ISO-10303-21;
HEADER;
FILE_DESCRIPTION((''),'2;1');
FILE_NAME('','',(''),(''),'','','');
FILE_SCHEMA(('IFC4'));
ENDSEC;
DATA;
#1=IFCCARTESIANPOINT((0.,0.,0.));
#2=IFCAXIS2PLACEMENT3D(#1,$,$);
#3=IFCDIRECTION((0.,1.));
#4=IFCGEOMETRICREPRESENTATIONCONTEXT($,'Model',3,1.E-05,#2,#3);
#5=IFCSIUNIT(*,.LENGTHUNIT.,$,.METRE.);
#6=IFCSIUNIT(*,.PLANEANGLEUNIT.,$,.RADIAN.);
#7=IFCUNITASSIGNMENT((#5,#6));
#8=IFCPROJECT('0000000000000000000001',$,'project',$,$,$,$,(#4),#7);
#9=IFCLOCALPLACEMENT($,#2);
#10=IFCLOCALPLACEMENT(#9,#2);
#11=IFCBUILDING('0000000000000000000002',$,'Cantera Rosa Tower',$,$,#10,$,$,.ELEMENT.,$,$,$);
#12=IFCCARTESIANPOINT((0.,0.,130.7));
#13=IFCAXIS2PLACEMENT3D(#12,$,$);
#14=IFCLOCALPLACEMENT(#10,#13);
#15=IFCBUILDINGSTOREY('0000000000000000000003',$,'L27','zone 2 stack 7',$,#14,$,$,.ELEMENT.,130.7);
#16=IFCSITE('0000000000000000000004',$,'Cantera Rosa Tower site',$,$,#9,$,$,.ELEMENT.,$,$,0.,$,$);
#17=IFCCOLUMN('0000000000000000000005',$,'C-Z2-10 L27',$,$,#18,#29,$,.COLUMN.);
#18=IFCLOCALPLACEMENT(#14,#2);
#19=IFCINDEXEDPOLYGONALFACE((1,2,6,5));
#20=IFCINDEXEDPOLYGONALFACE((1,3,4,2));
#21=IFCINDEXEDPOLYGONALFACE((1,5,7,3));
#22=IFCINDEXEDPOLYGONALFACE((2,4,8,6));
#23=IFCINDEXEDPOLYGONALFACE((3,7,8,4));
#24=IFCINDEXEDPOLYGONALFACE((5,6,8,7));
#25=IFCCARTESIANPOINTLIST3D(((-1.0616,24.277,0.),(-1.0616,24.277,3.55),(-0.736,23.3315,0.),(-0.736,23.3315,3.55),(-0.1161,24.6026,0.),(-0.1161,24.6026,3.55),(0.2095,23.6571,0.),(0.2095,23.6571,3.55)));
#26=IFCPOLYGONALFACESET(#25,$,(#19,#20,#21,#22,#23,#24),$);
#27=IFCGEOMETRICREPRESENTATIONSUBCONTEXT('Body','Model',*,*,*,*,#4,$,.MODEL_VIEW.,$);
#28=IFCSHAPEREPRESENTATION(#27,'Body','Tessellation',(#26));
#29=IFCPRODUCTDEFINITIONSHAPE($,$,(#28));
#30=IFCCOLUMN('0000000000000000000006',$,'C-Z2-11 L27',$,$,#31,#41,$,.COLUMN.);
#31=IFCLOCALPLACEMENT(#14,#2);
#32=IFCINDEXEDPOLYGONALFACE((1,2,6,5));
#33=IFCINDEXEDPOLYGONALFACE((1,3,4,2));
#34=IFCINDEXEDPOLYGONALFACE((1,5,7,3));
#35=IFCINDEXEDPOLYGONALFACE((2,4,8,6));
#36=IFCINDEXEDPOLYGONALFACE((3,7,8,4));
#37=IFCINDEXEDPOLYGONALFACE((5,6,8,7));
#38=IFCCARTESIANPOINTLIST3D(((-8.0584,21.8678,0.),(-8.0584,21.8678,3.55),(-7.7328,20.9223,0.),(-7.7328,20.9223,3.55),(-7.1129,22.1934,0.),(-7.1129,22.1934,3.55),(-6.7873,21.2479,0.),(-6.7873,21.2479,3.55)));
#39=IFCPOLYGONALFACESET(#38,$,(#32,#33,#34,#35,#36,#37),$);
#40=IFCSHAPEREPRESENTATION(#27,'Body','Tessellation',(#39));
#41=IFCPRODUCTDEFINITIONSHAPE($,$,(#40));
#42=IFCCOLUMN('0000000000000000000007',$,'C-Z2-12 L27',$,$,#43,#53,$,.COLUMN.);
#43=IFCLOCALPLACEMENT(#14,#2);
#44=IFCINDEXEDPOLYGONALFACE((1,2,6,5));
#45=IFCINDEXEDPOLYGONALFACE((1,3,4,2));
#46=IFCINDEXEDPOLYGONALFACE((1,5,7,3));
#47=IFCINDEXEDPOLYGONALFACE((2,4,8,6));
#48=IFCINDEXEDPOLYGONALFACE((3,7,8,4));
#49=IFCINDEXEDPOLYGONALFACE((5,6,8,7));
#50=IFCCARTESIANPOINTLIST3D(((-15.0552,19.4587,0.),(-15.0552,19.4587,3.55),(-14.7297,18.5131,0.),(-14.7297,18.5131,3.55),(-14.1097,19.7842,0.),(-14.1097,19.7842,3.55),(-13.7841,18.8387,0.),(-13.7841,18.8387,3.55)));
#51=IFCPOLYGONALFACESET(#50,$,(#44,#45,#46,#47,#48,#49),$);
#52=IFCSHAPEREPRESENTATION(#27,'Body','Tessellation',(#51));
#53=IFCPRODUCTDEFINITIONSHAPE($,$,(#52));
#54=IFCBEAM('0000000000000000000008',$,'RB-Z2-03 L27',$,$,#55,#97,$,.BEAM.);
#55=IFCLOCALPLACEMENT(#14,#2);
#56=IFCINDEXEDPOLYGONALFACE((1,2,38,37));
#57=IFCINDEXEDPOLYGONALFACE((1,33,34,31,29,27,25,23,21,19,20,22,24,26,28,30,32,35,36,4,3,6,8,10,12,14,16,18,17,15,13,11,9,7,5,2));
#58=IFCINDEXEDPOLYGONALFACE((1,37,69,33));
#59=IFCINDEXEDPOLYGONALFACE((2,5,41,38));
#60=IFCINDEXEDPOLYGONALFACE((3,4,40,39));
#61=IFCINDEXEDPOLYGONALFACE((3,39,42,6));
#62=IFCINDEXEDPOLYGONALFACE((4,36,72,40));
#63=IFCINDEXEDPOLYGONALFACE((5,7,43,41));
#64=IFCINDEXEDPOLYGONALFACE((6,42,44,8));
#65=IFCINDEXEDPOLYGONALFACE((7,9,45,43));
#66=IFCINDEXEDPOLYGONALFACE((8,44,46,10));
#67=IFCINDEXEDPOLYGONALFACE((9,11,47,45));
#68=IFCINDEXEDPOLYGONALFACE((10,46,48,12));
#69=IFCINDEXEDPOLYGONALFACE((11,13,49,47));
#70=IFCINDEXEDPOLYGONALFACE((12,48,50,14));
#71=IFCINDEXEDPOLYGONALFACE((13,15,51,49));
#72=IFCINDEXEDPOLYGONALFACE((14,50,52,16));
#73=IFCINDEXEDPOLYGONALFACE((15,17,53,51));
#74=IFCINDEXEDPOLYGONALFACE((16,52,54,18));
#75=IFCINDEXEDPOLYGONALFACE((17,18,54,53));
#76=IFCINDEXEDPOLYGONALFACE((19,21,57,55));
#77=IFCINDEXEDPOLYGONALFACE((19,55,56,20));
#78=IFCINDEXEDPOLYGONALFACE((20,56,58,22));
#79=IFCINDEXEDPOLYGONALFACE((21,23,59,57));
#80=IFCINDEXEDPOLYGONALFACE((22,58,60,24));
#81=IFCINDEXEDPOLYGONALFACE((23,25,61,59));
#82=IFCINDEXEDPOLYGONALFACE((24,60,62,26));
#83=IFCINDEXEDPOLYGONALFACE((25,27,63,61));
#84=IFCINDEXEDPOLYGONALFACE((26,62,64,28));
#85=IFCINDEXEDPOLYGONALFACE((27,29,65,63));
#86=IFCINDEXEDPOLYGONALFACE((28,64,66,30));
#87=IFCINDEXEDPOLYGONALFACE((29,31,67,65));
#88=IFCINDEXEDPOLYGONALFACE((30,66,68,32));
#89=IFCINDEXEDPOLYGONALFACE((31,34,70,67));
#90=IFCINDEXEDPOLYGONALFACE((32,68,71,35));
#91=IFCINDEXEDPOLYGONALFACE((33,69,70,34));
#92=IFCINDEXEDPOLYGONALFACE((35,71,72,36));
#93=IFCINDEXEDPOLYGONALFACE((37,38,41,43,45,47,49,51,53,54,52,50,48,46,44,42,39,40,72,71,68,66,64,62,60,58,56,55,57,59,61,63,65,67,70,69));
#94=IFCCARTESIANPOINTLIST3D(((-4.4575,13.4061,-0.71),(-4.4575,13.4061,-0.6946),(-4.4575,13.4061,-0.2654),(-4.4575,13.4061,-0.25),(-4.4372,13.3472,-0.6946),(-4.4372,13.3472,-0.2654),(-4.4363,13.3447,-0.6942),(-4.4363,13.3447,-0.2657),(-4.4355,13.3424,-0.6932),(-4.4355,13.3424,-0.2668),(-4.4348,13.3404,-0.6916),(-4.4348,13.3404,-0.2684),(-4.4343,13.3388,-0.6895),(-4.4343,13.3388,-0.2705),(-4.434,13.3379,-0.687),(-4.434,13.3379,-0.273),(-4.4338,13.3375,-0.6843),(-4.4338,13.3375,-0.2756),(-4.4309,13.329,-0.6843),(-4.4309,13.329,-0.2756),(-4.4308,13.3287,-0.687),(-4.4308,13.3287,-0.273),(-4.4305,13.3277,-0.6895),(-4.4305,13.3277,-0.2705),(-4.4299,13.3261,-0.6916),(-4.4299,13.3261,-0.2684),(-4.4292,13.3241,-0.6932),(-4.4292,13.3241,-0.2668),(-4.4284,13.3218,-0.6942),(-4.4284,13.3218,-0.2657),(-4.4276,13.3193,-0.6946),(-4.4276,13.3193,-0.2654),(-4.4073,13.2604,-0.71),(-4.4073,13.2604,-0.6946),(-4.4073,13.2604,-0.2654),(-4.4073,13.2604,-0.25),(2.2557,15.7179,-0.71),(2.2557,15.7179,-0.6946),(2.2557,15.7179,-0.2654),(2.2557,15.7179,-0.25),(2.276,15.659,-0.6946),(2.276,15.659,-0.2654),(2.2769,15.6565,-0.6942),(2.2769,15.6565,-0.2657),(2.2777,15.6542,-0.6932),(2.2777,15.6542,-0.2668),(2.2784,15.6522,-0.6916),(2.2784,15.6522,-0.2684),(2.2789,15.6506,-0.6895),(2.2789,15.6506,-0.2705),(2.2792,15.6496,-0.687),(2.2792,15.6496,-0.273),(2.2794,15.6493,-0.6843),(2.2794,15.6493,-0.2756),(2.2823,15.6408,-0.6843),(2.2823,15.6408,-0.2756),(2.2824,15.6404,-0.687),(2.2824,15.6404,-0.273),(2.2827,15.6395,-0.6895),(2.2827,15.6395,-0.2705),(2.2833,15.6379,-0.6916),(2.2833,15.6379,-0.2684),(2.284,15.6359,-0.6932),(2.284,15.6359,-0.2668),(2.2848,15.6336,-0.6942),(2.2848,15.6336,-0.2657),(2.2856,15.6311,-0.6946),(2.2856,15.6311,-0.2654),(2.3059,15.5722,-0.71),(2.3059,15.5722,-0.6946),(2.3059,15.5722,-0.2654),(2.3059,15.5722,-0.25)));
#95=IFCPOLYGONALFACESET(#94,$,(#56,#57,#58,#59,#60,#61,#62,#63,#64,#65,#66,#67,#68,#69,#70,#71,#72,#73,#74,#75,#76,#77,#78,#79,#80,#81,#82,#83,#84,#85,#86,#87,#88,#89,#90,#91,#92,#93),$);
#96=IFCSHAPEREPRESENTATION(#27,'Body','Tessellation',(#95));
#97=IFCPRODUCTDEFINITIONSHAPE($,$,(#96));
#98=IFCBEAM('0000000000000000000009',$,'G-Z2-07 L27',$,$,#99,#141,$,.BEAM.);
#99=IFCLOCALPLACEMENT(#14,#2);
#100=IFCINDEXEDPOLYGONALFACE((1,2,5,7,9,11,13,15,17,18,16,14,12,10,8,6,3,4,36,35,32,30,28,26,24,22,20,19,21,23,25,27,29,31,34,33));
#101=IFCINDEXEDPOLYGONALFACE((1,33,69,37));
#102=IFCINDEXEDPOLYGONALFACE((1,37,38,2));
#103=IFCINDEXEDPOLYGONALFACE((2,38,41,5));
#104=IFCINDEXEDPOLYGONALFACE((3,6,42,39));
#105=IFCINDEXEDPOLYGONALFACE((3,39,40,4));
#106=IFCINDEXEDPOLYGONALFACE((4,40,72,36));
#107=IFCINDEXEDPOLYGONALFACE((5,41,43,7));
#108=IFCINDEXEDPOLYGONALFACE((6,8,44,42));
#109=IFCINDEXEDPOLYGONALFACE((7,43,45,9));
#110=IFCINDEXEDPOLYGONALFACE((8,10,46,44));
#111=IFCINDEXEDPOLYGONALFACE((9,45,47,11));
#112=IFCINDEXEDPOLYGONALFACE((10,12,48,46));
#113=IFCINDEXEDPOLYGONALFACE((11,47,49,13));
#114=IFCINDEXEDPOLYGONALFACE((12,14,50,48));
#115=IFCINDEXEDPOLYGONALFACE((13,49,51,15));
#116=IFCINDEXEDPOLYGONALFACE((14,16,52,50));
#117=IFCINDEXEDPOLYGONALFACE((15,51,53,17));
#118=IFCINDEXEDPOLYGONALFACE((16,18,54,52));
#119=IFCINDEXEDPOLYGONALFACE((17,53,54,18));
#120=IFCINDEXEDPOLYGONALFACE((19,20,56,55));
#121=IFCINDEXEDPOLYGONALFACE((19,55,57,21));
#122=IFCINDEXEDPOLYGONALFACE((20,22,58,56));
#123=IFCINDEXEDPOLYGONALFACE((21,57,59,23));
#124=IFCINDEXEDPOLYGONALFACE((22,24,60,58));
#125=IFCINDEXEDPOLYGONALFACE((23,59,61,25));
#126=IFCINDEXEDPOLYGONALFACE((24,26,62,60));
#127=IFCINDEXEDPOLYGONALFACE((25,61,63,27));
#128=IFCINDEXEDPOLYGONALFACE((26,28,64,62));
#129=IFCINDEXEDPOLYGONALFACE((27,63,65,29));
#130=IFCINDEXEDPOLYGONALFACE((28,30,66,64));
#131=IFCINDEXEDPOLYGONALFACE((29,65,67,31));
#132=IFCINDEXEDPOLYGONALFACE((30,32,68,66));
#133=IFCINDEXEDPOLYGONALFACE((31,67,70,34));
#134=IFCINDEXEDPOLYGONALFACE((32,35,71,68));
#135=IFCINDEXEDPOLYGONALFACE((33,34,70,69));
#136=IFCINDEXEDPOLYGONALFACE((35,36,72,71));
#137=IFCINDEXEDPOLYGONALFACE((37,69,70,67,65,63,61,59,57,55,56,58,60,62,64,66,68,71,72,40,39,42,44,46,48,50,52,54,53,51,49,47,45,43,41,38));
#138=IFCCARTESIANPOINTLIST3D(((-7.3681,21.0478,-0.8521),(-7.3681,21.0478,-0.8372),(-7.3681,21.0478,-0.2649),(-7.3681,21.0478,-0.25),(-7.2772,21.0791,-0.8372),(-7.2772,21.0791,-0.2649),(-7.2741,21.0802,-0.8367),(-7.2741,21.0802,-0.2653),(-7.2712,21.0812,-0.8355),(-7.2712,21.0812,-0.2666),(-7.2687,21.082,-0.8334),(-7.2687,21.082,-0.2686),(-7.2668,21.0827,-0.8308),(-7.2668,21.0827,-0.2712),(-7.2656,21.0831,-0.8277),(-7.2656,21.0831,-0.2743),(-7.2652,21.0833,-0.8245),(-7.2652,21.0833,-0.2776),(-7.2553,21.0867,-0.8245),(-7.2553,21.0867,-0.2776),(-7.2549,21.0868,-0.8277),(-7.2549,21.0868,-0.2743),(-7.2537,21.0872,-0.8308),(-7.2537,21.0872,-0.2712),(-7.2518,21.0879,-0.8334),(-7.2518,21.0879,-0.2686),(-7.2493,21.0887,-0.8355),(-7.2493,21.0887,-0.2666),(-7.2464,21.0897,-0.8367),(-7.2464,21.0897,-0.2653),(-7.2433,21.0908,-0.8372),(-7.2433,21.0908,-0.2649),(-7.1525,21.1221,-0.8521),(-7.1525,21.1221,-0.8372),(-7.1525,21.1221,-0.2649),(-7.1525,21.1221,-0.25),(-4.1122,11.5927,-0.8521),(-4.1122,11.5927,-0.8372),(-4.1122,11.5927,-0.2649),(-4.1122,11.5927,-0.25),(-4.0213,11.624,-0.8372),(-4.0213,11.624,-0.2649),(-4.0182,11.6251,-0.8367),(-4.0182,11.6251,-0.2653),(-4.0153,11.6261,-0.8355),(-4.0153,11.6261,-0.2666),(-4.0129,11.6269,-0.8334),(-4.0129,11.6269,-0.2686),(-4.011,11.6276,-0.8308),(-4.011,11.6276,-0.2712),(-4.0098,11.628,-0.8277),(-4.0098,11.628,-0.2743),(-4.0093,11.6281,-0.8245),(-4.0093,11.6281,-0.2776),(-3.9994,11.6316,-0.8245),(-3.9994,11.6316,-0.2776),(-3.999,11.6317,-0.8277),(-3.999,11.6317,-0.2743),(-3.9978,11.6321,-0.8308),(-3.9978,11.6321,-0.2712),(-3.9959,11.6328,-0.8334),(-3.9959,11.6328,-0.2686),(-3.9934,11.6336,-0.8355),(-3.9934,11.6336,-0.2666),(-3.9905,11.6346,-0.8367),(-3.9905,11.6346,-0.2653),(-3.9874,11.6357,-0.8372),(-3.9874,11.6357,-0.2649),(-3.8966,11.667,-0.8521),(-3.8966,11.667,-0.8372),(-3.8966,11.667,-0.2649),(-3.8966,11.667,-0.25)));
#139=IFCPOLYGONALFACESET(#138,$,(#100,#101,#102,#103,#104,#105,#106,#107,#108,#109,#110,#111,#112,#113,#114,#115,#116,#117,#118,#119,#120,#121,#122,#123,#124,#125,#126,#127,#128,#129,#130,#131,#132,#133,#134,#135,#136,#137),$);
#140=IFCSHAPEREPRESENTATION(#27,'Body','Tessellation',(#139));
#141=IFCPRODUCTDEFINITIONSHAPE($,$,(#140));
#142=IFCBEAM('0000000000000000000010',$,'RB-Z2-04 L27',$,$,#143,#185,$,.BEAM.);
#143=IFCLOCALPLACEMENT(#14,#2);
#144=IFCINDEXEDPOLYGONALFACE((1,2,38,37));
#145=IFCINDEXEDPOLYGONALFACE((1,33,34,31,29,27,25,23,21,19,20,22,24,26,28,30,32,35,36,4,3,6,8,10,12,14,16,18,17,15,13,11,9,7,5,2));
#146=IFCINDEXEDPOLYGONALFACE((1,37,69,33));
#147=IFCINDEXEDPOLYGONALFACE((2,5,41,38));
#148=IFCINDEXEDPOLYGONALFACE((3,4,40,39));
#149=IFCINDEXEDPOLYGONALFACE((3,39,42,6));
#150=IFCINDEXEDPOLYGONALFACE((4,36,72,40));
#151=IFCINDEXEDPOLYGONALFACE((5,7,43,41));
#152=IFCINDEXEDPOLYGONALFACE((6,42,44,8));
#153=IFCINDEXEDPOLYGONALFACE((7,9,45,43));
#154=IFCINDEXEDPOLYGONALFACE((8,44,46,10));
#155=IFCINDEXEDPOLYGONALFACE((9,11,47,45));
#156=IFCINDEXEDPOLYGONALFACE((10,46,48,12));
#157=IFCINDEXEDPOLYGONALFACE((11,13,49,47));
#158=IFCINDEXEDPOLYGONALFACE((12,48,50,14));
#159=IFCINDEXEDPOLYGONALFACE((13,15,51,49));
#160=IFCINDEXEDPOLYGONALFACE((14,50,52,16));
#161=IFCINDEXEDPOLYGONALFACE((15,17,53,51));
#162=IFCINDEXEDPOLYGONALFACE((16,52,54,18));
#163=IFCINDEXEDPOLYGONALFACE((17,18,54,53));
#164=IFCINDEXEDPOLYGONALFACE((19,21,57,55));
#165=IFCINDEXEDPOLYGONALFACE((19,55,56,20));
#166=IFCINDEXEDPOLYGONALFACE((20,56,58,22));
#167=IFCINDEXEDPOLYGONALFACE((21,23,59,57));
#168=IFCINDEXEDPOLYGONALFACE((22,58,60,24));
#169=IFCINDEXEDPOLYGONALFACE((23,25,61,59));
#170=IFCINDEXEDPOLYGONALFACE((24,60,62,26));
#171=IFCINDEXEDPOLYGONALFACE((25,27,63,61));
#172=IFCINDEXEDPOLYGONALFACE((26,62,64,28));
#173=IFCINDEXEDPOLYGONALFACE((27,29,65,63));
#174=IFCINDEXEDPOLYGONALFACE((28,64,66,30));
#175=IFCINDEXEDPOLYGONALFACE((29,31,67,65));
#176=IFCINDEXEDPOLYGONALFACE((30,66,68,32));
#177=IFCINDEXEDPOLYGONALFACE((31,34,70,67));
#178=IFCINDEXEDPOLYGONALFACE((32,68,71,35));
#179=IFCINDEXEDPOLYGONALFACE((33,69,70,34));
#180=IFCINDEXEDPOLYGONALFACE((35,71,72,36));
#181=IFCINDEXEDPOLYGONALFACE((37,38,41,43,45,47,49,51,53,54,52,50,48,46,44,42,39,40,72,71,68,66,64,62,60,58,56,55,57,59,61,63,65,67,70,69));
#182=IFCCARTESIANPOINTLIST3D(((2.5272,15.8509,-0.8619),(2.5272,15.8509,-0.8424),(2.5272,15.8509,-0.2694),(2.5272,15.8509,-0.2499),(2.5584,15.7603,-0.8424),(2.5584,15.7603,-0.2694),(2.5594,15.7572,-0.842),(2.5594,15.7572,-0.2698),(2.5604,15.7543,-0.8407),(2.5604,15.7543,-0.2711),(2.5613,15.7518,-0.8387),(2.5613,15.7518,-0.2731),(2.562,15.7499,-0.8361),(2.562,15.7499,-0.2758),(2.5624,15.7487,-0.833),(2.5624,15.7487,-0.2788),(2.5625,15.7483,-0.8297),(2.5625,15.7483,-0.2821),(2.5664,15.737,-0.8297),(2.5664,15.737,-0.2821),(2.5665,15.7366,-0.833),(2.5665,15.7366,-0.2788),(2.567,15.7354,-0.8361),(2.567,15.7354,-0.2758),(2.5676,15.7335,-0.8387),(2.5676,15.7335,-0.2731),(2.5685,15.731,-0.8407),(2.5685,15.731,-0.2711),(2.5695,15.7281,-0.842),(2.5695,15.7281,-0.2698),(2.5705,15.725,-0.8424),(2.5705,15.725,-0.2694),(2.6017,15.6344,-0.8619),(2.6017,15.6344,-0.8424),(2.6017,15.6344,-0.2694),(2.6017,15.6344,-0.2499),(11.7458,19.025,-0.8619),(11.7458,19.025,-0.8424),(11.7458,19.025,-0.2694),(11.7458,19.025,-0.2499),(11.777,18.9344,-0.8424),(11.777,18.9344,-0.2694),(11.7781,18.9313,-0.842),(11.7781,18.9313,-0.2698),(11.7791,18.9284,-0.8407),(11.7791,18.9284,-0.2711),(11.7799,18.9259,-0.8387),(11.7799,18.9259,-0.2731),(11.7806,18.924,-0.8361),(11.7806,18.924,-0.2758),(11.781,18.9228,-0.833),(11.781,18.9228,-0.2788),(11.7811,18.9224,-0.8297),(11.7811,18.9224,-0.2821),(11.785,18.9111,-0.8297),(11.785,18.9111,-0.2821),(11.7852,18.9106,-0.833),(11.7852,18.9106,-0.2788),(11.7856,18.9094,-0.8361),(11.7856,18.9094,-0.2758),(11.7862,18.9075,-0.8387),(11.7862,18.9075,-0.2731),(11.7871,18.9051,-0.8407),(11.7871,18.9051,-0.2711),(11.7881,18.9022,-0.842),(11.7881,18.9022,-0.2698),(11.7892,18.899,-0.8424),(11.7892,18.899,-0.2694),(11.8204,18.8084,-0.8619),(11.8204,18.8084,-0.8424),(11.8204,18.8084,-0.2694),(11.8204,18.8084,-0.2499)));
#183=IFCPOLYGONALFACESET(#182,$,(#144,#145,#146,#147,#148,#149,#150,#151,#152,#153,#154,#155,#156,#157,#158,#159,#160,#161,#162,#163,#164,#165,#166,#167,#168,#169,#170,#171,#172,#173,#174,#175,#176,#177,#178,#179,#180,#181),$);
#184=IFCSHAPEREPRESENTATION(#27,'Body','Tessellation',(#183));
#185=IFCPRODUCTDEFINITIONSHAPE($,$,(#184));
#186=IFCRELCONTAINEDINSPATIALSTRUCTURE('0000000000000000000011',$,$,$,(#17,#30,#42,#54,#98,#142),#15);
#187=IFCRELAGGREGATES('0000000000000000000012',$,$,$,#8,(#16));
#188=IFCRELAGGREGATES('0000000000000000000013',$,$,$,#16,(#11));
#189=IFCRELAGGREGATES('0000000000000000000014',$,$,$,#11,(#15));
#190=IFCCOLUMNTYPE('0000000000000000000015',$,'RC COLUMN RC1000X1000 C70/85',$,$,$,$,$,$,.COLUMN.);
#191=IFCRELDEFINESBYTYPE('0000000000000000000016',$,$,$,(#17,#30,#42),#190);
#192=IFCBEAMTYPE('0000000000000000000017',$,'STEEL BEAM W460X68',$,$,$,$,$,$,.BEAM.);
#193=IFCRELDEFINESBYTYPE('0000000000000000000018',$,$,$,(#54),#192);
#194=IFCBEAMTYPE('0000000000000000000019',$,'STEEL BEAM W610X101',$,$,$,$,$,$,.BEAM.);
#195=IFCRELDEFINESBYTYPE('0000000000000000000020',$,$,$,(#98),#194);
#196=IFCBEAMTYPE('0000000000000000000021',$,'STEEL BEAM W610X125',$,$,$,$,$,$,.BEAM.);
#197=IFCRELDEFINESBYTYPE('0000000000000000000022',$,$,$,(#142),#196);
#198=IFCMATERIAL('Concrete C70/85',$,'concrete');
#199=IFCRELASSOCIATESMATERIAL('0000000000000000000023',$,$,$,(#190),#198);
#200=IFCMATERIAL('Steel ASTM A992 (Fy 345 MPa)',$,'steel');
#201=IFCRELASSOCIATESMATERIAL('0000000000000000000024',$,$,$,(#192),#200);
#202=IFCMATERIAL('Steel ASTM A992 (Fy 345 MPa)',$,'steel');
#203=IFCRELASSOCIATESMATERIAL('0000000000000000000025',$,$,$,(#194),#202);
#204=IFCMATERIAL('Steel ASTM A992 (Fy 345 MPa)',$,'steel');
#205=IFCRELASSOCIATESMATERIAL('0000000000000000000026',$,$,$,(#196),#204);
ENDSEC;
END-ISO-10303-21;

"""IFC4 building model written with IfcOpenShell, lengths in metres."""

from ifc_helpers import new_model, si_unit, direction, frame, origin, origin_2d, place, context, subcontext, project, spatial, rectangle, i_section, extrude, material, material_profile, profile_set, type_object, element, save


model = new_model("IFC4")

# Units and contexts
model_context = context("Model", 3, precision=1e-05, world=origin(), true_north=direction((0.0, 1.0)))
body_context = subcontext(model_context, "Body", "Model", "MODEL_VIEW")
ifc_project = project(units=[si_unit("LENGTHUNIT", "METRE"), si_unit("PLANEANGLEUNIT", "RADIAN")], contexts=[model_context])

# Site, building, storey
site_placement = place(None, origin())
site = spatial("IfcSite", under=ifc_project, at=site_placement, Name="Cantera Rosa Tower site", CompositionType="ELEMENT", RefElevation=0.0)
building_placement = place(site_placement, origin())
building = spatial("IfcBuilding", under=site, at=building_placement, Name="Cantera Rosa Tower", CompositionType="ELEMENT")
storey_placement = place(building_placement, frame((0.0, 0.0, 130.7)))
storey = spatial("IfcBuildingStorey", under=building, at=storey_placement, Name="L27", Description="zone 2 stack 7", CompositionType="ELEMENT", Elevation=130.7)

# Columns
ifc_material_1 = material(Name="Concrete C70/85", Category="concrete")
ifc_material_profile_1 = material_profile(ifc_material_1, rectangle(XDim=1.0, YDim=1.0, at=origin_2d()), Name="RC COLUMN RC1000X1000 C70/85")
ifc_profile_set_1 = profile_set([ifc_material_profile_1], Name="Concrete C70/85")
column_type = type_object("IfcColumnType", Name="RC COLUMN RC1000X1000 C70/85", PredefinedType="COLUMN", material=ifc_profile_set_1)
for number, where, z_axis, x_axis, name in (
    (1, (-0.426, 23.967, 0.0), (0.0, 0.0, 1.0), (0.945519, 0.325568, 0.0), "C-Z2-10 L27"),
    (2, (-7.4229, 21.5579, 0.0), (0.0, 0.0, 1.0), (0.945519, 0.325568, 0.0), "C-Z2-11 L27"),
    (3, (-14.4197, 19.1487, 0.0), (0.0, 0.0, 1.0), (0.945519, 0.325568, 0.0), "C-Z2-12 L27"),
):
    element("IfcColumn", number, at=place(storey_placement, frame(where, z_axis=z_axis, x_axis=x_axis)), inside=storey, type_object=column_type, Name=name, PredefinedType="COLUMN", context=body_context, shape_type="SweptSolid", body=[
        extrude(rectangle(XDim=1.0, YDim=1.0, at=origin_2d()), origin(), (0.0, 0.0, 1.0), 3.55),
    ])

# Beams
ifc_material_2 = material(Name="Steel ASTM A992 (Fy 345 MPa)", Category="steel")
ifc_material_profile_2 = material_profile(ifc_material_2, i_section(OverallWidth=0.1541, OverallDepth=0.46, WebThickness=0.009, FlangeThickness=0.0154, FilletRadius=0.0103, at=origin_2d()), Name="W460X68")
ifc_profile_set_2 = profile_set([ifc_material_profile_2], Name="Steel ASTM A992 (Fy 345 MPa)")
beam_type_1 = type_object("IfcBeamType", Name="STEEL BEAM W460X68", PredefinedType="BEAM", material=ifc_profile_set_2)
beam_1_placement = place(storey_placement, frame((-4.4324, 13.3333, -0.48), z_axis=(0.945508, 0.3256, 0.0), x_axis=(-0.3256, 0.945508, 0.0)))
element("IfcBeam", 4, at=beam_1_placement, inside=storey, type_object=beam_type_1, Name="RB-Z2-03 L27", PredefinedType="BEAM", context=body_context, shape_type="SweptSolid", body=[
    extrude(i_section(OverallWidth=0.1541, OverallDepth=0.46, WebThickness=0.009, FlangeThickness=0.0154, FilletRadius=0.0103, at=origin_2d()), origin(), (0.0, 0.0, 1.0), 7.1001),
])
ifc_material_3 = material(Name="Steel ASTM A992 (Fy 345 MPa)", Category="steel")
ifc_material_profile_3 = material_profile(ifc_material_3, i_section(OverallWidth=0.228, OverallDepth=0.6021, WebThickness=0.0105, FlangeThickness=0.0149, FilletRadius=0.0127, at=origin_2d()), Name="W610X101")
ifc_profile_set_3 = profile_set([ifc_material_profile_3], Name="Steel ASTM A992 (Fy 345 MPa)")
beam_type_2 = type_object("IfcBeamType", Name="STEEL BEAM W610X101", PredefinedType="BEAM", material=ifc_profile_set_3)
beam_2_placement = place(storey_placement, frame((-7.2603, 21.085, -0.551), z_axis=(0.325587, -0.945512, 0.0), x_axis=(0.945512, 0.325587, 0.0)))
element("IfcBeam", 5, at=beam_2_placement, inside=storey, type_object=beam_type_2, Name="G-Z2-07 L27", PredefinedType="BEAM", context=body_context, shape_type="SweptSolid", body=[
    extrude(i_section(OverallWidth=0.228, OverallDepth=0.6021, WebThickness=0.0105, FlangeThickness=0.0149, FilletRadius=0.0127, at=origin_2d()), origin(), (0.0, 0.0, 1.0), 10.0),
])
ifc_material_4 = material(Name="Steel ASTM A992 (Fy 345 MPa)", Category="steel")
ifc_material_profile_4 = material_profile(ifc_material_4, i_section(OverallWidth=0.229, OverallDepth=0.6121, WebThickness=0.012, FlangeThickness=0.0195, FilletRadius=0.0127, at=origin_2d()), Name="W610X125")
ifc_profile_set_4 = profile_set([ifc_material_profile_4], Name="Steel ASTM A992 (Fy 345 MPa)")
beam_type_3 = type_object("IfcBeamType", Name="STEEL BEAM W610X125", PredefinedType="BEAM", material=ifc_profile_set_4)
beam_3_placement = place(storey_placement, frame((2.5645, 15.7427, -0.5559), z_axis=(0.945525, 0.32555, 0.0), x_axis=(-0.32555, 0.945525, 0.0)))
element("IfcBeam", 6, at=beam_3_placement, inside=storey, type_object=beam_type_3, Name="RB-Z2-04 L27", PredefinedType="BEAM", context=body_context, shape_type="SweptSolid", body=[
    extrude(i_section(OverallWidth=0.229, OverallDepth=0.6121, WebThickness=0.012, FlangeThickness=0.0195, FilletRadius=0.0127, at=origin_2d()), origin(), (0.0, 0.0, 1.0), 9.7498),
])

save(model, "model.ifc")
